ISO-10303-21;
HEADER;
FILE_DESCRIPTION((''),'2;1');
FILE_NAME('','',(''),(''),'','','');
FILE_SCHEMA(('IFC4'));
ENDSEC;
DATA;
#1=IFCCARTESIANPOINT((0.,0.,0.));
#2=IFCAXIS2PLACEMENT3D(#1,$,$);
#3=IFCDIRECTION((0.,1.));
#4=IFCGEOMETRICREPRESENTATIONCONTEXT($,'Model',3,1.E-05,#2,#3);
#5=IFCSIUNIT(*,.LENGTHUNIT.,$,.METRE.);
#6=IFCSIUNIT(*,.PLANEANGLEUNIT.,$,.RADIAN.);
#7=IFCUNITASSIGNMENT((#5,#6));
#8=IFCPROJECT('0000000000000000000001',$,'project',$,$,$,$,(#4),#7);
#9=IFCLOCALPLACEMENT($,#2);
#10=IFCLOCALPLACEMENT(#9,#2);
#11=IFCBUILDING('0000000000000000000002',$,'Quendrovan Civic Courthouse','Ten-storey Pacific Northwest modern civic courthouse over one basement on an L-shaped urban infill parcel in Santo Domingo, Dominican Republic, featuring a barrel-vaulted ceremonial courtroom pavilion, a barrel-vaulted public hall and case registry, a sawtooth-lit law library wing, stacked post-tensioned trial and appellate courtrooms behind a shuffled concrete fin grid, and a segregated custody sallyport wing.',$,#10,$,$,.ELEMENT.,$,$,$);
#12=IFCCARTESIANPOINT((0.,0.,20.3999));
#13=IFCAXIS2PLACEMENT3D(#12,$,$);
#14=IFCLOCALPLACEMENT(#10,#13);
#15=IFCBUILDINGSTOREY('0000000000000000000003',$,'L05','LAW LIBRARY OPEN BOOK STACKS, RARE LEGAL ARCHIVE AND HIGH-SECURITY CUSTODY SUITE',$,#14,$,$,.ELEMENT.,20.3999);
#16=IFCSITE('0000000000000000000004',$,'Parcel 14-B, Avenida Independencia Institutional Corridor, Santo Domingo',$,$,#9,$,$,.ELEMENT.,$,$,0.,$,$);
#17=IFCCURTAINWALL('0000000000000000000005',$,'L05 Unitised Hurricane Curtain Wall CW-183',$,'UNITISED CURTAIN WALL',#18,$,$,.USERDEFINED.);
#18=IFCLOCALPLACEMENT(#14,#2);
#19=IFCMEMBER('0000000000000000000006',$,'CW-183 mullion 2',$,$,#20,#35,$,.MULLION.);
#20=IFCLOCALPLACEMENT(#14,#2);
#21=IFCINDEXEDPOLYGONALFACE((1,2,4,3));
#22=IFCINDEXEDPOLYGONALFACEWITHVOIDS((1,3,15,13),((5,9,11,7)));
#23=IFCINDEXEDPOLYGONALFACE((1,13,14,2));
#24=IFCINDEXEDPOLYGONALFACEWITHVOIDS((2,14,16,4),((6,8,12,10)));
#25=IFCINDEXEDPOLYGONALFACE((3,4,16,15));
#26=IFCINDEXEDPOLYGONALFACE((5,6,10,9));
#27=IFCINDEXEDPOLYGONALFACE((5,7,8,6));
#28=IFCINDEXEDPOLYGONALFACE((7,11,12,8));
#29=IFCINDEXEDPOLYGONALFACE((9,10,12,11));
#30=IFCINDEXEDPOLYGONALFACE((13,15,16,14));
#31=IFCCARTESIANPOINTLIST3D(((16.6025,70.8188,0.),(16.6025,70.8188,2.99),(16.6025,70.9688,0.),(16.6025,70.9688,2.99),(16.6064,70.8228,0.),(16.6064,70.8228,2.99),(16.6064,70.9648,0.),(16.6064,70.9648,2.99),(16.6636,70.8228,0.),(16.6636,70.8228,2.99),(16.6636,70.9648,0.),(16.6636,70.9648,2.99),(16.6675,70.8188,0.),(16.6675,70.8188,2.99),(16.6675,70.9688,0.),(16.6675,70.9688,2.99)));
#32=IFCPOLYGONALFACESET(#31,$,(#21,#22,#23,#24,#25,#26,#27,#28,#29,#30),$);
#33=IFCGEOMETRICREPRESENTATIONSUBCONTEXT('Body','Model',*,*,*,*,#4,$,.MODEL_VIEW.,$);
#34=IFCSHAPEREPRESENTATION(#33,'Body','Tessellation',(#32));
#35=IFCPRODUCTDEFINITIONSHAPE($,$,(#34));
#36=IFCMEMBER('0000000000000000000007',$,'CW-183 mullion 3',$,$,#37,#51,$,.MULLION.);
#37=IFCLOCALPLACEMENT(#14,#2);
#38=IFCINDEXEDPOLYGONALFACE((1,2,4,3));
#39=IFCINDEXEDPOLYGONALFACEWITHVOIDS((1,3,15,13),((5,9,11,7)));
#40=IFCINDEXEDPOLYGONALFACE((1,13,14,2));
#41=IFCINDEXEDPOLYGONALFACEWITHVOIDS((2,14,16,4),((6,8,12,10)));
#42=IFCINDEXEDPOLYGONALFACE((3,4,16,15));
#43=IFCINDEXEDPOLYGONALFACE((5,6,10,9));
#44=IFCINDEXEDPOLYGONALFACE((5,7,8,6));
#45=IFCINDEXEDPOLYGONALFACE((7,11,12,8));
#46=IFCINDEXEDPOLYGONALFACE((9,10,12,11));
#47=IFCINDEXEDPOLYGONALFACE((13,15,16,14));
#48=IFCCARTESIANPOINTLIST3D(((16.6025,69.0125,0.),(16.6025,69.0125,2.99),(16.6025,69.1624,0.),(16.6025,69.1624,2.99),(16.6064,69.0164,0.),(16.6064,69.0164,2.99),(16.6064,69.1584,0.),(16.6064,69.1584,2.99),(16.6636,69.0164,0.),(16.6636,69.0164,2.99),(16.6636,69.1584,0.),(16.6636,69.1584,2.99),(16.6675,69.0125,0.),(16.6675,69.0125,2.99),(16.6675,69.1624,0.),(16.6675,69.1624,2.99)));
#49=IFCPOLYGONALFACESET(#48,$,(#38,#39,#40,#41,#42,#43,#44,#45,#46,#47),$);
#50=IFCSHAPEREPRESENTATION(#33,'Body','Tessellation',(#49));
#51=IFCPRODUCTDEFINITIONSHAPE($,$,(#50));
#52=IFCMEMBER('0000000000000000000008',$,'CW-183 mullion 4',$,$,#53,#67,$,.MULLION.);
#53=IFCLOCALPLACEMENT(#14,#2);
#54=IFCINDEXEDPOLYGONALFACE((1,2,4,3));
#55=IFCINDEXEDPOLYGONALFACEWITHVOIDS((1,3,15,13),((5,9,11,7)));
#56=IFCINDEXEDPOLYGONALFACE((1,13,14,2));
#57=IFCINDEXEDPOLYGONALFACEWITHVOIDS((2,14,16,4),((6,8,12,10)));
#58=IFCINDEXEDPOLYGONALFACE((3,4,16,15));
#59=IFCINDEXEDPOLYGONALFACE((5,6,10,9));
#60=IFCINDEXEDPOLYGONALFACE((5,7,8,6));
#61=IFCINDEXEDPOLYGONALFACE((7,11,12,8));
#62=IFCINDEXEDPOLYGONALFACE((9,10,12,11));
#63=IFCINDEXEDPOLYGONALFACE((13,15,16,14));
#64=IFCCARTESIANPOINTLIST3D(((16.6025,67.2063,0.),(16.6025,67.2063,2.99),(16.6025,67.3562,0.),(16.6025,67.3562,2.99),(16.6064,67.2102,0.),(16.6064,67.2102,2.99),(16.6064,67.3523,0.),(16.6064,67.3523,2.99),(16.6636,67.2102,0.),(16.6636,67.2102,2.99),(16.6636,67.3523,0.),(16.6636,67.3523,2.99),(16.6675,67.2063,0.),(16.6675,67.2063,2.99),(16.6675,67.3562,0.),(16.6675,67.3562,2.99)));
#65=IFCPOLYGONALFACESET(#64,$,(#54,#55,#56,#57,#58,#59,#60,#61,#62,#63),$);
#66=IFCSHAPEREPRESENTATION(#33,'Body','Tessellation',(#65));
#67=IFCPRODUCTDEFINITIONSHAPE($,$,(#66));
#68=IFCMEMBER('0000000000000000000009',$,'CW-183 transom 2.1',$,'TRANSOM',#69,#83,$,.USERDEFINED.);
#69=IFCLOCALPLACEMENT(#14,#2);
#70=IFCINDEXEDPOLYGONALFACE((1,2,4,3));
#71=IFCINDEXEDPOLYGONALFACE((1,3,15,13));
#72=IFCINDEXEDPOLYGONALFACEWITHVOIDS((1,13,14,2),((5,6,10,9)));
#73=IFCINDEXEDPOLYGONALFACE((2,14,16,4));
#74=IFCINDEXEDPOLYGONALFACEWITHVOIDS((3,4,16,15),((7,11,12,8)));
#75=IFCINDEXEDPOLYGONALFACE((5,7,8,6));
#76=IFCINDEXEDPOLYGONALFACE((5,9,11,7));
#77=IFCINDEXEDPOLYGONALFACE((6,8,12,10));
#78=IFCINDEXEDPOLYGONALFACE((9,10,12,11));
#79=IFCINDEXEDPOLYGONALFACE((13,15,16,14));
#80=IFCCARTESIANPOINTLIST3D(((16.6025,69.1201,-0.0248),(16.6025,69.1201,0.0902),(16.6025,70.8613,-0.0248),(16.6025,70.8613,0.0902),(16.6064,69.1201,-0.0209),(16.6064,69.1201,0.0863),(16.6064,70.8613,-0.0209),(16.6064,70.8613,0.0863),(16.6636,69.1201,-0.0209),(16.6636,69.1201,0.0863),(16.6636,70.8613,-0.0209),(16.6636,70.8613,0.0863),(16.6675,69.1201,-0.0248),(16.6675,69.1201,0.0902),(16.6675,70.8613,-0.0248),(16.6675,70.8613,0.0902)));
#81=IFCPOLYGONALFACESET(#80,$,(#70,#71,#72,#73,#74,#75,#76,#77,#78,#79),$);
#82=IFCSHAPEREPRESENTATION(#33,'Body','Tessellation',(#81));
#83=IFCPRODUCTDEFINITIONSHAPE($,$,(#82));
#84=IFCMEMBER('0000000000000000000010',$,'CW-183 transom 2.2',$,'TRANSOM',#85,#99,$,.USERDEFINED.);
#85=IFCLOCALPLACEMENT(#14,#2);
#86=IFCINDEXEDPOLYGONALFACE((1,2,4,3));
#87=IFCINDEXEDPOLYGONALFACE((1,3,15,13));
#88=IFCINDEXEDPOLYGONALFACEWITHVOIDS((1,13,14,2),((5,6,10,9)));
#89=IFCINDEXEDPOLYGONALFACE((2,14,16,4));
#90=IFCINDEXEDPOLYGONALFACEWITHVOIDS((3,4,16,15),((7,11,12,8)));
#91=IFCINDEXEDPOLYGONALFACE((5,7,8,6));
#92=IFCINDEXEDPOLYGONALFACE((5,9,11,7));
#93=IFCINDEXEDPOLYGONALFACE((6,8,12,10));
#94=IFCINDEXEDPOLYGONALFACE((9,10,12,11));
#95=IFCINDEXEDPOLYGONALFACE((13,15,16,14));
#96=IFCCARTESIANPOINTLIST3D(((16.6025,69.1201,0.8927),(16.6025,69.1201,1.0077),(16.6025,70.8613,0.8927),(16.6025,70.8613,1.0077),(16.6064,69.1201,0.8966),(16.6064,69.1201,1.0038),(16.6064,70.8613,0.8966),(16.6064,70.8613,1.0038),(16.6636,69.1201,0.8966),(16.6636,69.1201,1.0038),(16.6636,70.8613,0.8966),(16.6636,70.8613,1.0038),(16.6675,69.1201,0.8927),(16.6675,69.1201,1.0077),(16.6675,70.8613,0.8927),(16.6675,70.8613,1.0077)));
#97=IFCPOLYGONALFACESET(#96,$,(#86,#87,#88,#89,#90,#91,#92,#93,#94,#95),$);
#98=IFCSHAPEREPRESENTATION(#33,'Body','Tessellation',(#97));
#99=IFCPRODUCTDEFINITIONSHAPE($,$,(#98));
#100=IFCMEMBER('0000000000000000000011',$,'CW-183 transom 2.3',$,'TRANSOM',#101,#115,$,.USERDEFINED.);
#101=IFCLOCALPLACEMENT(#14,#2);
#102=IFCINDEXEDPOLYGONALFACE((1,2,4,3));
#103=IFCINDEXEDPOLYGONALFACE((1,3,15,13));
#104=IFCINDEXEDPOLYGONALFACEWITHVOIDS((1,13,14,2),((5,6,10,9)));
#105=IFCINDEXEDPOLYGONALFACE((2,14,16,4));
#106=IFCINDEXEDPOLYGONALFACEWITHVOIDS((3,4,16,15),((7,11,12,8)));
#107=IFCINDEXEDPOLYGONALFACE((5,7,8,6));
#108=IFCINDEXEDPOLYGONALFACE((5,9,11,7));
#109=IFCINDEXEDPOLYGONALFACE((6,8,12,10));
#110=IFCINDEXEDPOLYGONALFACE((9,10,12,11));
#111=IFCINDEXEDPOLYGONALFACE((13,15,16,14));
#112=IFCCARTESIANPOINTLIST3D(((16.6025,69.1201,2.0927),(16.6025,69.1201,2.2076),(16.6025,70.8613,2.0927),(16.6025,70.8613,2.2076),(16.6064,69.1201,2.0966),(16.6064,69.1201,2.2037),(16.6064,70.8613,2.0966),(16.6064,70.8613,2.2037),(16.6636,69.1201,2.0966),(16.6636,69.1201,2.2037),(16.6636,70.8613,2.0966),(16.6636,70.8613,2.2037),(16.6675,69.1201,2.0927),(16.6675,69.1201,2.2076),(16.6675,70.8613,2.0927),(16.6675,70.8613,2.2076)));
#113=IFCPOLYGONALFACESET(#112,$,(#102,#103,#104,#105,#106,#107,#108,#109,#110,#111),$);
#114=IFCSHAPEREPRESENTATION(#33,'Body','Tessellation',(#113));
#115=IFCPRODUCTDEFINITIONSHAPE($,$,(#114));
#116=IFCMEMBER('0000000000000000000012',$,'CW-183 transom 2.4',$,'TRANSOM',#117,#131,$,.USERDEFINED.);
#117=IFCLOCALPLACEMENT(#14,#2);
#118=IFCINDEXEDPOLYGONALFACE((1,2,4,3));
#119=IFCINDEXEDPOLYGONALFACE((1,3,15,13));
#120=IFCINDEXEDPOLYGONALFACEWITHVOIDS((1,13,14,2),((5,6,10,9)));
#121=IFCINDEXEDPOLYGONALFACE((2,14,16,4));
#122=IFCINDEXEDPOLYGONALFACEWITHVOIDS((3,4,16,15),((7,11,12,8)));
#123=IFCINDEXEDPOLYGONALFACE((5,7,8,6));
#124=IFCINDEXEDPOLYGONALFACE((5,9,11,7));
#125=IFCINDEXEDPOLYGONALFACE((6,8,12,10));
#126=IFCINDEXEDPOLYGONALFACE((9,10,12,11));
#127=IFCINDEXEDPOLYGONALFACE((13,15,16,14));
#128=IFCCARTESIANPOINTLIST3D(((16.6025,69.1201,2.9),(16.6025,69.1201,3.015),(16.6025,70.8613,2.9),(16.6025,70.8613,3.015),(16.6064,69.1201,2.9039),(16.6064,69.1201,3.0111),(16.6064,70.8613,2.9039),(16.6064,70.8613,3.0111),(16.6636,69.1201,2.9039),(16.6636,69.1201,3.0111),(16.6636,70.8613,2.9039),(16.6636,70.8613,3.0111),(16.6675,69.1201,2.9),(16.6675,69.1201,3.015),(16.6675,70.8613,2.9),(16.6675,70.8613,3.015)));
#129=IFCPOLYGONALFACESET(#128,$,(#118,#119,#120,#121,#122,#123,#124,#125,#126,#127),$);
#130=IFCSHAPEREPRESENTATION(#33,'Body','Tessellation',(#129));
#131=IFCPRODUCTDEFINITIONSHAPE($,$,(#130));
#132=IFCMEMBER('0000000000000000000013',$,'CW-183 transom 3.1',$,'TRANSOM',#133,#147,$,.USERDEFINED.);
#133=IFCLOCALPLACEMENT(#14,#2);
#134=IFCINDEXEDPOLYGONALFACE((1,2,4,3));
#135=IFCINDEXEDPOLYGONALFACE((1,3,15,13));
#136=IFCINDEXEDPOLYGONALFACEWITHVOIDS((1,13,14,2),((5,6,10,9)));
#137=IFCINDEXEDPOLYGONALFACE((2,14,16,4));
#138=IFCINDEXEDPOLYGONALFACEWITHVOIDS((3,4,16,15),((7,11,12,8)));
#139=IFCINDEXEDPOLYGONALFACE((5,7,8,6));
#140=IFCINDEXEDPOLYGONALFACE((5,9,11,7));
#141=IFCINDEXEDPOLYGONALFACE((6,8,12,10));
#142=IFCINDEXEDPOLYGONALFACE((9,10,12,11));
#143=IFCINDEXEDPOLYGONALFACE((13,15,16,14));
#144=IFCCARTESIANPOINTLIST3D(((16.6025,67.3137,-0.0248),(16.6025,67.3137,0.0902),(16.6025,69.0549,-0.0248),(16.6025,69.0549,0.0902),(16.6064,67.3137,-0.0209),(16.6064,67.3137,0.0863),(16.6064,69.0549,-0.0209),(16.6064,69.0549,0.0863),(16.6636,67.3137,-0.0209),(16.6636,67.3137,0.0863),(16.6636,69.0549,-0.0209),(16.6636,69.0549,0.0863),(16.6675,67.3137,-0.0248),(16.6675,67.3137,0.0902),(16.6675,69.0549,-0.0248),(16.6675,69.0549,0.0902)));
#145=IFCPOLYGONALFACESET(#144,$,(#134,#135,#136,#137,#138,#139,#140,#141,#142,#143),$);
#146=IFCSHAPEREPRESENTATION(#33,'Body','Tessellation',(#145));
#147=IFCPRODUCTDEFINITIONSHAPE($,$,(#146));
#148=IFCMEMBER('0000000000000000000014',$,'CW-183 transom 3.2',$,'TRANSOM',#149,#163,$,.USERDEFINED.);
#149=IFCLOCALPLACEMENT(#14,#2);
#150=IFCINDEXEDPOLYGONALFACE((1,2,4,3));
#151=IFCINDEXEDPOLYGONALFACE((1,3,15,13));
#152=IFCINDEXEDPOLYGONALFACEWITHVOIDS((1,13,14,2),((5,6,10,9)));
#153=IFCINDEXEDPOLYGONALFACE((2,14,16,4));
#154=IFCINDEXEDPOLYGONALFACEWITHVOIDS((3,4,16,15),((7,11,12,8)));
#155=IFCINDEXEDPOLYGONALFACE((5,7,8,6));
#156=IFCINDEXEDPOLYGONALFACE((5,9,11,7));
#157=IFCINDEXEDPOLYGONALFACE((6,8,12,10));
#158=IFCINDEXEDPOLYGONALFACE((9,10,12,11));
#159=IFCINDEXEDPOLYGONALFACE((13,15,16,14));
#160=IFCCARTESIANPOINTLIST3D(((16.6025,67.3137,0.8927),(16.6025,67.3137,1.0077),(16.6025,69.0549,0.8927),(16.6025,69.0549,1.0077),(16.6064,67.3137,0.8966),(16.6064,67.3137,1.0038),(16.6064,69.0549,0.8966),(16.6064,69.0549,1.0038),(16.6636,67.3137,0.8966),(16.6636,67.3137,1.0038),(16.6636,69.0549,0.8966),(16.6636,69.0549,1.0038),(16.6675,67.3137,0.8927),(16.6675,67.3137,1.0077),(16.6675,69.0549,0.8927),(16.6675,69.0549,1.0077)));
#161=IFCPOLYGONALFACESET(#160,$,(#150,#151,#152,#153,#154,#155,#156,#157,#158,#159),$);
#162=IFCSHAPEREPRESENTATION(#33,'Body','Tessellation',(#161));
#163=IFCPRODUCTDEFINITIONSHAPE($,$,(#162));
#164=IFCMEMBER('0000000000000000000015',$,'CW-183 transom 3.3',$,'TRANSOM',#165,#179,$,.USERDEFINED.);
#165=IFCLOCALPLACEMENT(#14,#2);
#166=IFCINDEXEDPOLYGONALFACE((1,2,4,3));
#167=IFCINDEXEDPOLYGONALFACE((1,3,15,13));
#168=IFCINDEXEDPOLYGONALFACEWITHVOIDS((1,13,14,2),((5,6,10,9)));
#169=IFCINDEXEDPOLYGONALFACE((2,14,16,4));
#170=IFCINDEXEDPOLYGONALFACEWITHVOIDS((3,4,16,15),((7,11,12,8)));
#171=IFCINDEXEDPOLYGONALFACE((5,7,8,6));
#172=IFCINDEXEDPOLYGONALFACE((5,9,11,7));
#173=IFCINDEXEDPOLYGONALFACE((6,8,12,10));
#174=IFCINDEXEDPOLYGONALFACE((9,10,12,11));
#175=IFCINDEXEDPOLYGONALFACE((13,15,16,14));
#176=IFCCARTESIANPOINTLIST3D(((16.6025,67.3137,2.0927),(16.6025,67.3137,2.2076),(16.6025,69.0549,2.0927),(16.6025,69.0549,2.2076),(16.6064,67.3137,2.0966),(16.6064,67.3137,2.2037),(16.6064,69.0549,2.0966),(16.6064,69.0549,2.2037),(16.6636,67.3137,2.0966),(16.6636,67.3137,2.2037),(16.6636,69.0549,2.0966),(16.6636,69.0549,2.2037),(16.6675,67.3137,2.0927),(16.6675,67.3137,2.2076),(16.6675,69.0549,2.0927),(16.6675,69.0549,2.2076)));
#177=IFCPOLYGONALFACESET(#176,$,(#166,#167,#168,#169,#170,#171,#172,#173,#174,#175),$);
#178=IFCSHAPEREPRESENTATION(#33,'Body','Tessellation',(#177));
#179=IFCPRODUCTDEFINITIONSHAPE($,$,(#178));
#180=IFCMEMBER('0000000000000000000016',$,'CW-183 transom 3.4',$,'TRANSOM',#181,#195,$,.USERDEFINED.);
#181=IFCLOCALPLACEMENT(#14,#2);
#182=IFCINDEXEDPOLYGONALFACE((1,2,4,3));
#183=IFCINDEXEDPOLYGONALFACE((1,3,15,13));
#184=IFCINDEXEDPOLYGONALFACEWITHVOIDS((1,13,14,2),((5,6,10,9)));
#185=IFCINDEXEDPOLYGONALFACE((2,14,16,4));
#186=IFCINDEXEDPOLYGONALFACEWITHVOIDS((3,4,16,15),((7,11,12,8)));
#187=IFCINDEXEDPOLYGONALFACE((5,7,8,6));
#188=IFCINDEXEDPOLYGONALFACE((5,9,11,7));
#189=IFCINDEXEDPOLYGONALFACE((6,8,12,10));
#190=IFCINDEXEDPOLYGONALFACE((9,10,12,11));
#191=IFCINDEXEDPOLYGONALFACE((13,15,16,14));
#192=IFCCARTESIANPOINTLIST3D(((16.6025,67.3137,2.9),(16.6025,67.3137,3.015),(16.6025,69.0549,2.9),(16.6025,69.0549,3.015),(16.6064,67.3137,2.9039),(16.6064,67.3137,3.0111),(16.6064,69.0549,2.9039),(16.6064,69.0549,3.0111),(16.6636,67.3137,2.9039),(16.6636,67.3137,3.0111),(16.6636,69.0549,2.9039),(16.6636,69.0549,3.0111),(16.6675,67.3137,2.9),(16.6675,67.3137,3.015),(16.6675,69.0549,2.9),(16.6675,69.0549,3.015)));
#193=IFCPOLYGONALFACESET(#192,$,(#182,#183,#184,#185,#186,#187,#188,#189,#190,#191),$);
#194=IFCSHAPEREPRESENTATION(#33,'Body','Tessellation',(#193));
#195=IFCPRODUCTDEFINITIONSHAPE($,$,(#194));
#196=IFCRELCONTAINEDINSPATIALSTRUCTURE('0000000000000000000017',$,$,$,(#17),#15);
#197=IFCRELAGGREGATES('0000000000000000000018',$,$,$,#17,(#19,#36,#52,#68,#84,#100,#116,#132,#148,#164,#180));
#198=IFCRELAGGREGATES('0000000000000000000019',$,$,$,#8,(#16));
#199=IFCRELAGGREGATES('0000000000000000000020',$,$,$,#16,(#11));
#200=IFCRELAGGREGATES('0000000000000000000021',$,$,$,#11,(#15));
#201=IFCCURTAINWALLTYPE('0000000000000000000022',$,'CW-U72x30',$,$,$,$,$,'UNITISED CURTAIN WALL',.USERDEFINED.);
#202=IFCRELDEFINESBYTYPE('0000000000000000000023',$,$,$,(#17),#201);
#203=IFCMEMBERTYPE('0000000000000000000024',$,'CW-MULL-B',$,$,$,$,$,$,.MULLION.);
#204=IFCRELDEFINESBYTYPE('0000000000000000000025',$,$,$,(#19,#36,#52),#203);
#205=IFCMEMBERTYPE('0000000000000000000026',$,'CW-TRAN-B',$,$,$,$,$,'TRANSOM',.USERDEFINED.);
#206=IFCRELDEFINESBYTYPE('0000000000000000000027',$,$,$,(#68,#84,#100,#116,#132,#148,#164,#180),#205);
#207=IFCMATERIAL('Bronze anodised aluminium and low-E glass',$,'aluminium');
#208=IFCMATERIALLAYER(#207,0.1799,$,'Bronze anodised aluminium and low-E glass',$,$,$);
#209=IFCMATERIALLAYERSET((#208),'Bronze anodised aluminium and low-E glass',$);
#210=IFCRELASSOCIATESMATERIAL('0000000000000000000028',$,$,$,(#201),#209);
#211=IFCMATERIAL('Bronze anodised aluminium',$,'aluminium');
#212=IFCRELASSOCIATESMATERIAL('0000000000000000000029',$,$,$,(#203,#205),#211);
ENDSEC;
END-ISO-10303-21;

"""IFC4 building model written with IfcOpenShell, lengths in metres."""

from ifc_helpers import new_model, si_unit, direction, frame, origin, origin_2d, place, context, subcontext, project, spatial, hollow_rectangle, extrude, material, layer, layer_set, material_profile, profile_set, type_object, element, aggregate, save


model = new_model("IFC4")

# Units and contexts
model_context = context("Model", 3, precision=1e-05, world=origin(), true_north=direction((0.0, 1.0)))
body_context = subcontext(model_context, "Body", "Model", "MODEL_VIEW")
ifc_project = project(units=[si_unit("LENGTHUNIT", "METRE"), si_unit("PLANEANGLEUNIT", "RADIAN")], contexts=[model_context])

# Site, building, storey
site_placement = place(None, origin())
site = spatial("IfcSite", under=ifc_project, at=site_placement, Name="Parcel 14-B, Avenida Independencia Institutional Corridor, Santo Domingo", CompositionType="ELEMENT", RefElevation=0.0)
building_placement = place(site_placement, origin())
building = spatial("IfcBuilding", under=site, at=building_placement, Name="Quendrovan Civic Courthouse", Description="Ten-storey Pacific Northwest modern civic courthouse over one basement on an L-shaped urban infill parcel in Santo Domingo, Dominican Republic, featuring a barrel-vaulted ceremonial courtroom pavilion, a barrel-vaulted public hall and case registry, a sawtooth-lit law library wing, stacked post-tensioned trial and appellate courtrooms behind a shuffled concrete fin grid, and a segregated custody sallyport wing.", CompositionType="ELEMENT")
storey_placement = place(building_placement, frame((0.0, 0.0, 20.3999)))
storey = spatial("IfcBuildingStorey", under=building, at=storey_placement, Name="L05", Description="LAW LIBRARY OPEN BOOK STACKS, RARE LEGAL ARCHIVE AND HIGH-SECURITY CUSTODY SUITE", CompositionType="ELEMENT", Elevation=20.3999)

# Curtain wall, members
ifc_material_1 = material(Name="Bronze anodised aluminium and low-E glass", Category="aluminium")
ifc_layer_1 = layer(ifc_material_1, 0.1799, Name="Bronze anodised aluminium and low-E glass")
ifc_layer_set_1 = layer_set([ifc_layer_1], Name="Bronze anodised aluminium and low-E glass")
curtain_wall_type = type_object("IfcCurtainWallType", Name="CW-U72x30", ElementType="UNITISED CURTAIN WALL", PredefinedType="USERDEFINED", material=ifc_layer_set_1)
curtain_wall_placement = place(storey_placement, origin())
curtain_wall = element("IfcCurtainWall", 1, at=curtain_wall_placement, inside=storey, type_object=curtain_wall_type, Name="L05 Unitised Hurricane Curtain Wall CW-183", ObjectType="UNITISED CURTAIN WALL", PredefinedType="USERDEFINED")
ifc_material_2 = material(Name="Bronze anodised aluminium", Category="aluminium")
ifc_material_profile_1 = material_profile(ifc_material_2, hollow_rectangle(XDim=0.0649, YDim=0.1499, WallThickness=0.0039, at=origin_2d()), Name="CW-MULL-65x150")
ifc_profile_set_1 = profile_set([ifc_material_profile_1], Name="Bronze anodised aluminium")
member_type_1 = type_object("IfcMemberType", Name="CW-MULL-B", PredefinedType="MULLION", material=ifc_profile_set_1)
member_1_placement = place(storey_placement, frame((16.635, 70.8938, 0.0), z_axis=(0.0, 0.0, 1.0), x_axis=(1.0, 0.0, 0.0)))
member_1 = element("IfcMember", 2, at=member_1_placement, type_object=member_type_1, Name="CW-183 mullion 2", PredefinedType="MULLION", context=body_context, shape_type="SweptSolid", body=[
    extrude(hollow_rectangle(XDim=0.0649, YDim=0.1499, WallThickness=0.0039, at=origin_2d()), origin(), (0.0, 0.0, 1.0), 2.99),
])
member_2_placement = place(storey_placement, frame((16.635, 69.0874, 0.0), z_axis=(0.0, 0.0, 1.0), x_axis=(1.0, 0.0, 0.0)))
member_2 = element("IfcMember", 3, at=member_2_placement, type_object=member_type_1, Name="CW-183 mullion 3", PredefinedType="MULLION", context=body_context, shape_type="SweptSolid", body=[
    extrude(hollow_rectangle(XDim=0.0649, YDim=0.1499, WallThickness=0.0039, at=origin_2d()), origin(), (0.0, 0.0, 1.0), 2.99),
])
member_3_placement = place(storey_placement, frame((16.635, 67.2812, 0.0), z_axis=(0.0, 0.0, 1.0), x_axis=(1.0, 0.0, 0.0)))
member_3 = element("IfcMember", 4, at=member_3_placement, type_object=member_type_1, Name="CW-183 mullion 4", PredefinedType="MULLION", context=body_context, shape_type="SweptSolid", body=[
    extrude(hollow_rectangle(XDim=0.0649, YDim=0.1499, WallThickness=0.0039, at=origin_2d()), origin(), (0.0, 0.0, 1.0), 2.99),
])
ifc_material_profile_2 = material_profile(ifc_material_2, hollow_rectangle(XDim=0.0649, YDim=0.115, WallThickness=0.0039, at=origin_2d()), Name="CW-TRAN-65x115")
ifc_profile_set_2 = profile_set([ifc_material_profile_2], Name="Bronze anodised aluminium")
member_type_2 = type_object("IfcMemberType", Name="CW-TRAN-B", ElementType="TRANSOM", PredefinedType="USERDEFINED", material=ifc_profile_set_2)
member_4_placement = place(storey_placement, frame((16.635, 70.8613, 0.0327), z_axis=(0.0, -1.0, 0.0), x_axis=(1.0, 0.0, 0.0)))
member_4 = element("IfcMember", 5, at=member_4_placement, type_object=member_type_2, Name="CW-183 transom 2.1", ObjectType="TRANSOM", PredefinedType="USERDEFINED", context=body_context, shape_type="SweptSolid", body=[
    extrude(hollow_rectangle(XDim=0.0649, YDim=0.115, WallThickness=0.0039, at=origin_2d()), origin(), (0.0, 0.0, 1.0), 1.7412),
])
member_5_placement = place(storey_placement, frame((16.635, 70.8613, 0.9502), z_axis=(0.0, -1.0, 0.0), x_axis=(1.0, 0.0, 0.0)))
member_5 = element("IfcMember", 6, at=member_5_placement, type_object=member_type_2, Name="CW-183 transom 2.2", ObjectType="TRANSOM", PredefinedType="USERDEFINED", context=body_context, shape_type="SweptSolid", body=[
    extrude(hollow_rectangle(XDim=0.0649, YDim=0.115, WallThickness=0.0039, at=origin_2d()), origin(), (0.0, 0.0, 1.0), 1.7412),
])
member_6_placement = place(storey_placement, frame((16.635, 70.8613, 2.1501), z_axis=(0.0, -1.0, 0.0), x_axis=(1.0, 0.0, 0.0)))
member_6 = element("IfcMember", 7, at=member_6_placement, type_object=member_type_2, Name="CW-183 transom 2.3", ObjectType="TRANSOM", PredefinedType="USERDEFINED", context=body_context, shape_type="SweptSolid", body=[
    extrude(hollow_rectangle(XDim=0.0649, YDim=0.115, WallThickness=0.0039, at=origin_2d()), origin(), (0.0, 0.0, 1.0), 1.7412),
])
member_7_placement = place(storey_placement, frame((16.635, 70.8613, 2.9575), z_axis=(0.0, -1.0, 0.0), x_axis=(1.0, 0.0, 0.0)))
member_7 = element("IfcMember", 8, at=member_7_placement, type_object=member_type_2, Name="CW-183 transom 2.4", ObjectType="TRANSOM", PredefinedType="USERDEFINED", context=body_context, shape_type="SweptSolid", body=[
    extrude(hollow_rectangle(XDim=0.0649, YDim=0.115, WallThickness=0.0039, at=origin_2d()), origin(), (0.0, 0.0, 1.0), 1.7412),
])
member_8_placement = place(storey_placement, frame((16.635, 69.0549, 0.0327), z_axis=(0.0, -1.0, 0.0), x_axis=(1.0, 0.0, 0.0)))
member_8 = element("IfcMember", 9, at=member_8_placement, type_object=member_type_2, Name="CW-183 transom 3.1", ObjectType="TRANSOM", PredefinedType="USERDEFINED", context=body_context, shape_type="SweptSolid", body=[
    extrude(hollow_rectangle(XDim=0.0649, YDim=0.115, WallThickness=0.0039, at=origin_2d()), origin(), (0.0, 0.0, 1.0), 1.7412),
])
member_9_placement = place(storey_placement, frame((16.635, 69.0549, 0.9502), z_axis=(0.0, -1.0, 0.0), x_axis=(1.0, 0.0, 0.0)))
member_9 = element("IfcMember", 10, at=member_9_placement, type_object=member_type_2, Name="CW-183 transom 3.2", ObjectType="TRANSOM", PredefinedType="USERDEFINED", context=body_context, shape_type="SweptSolid", body=[
    extrude(hollow_rectangle(XDim=0.0649, YDim=0.115, WallThickness=0.0039, at=origin_2d()), origin(), (0.0, 0.0, 1.0), 1.7412),
])
member_10_placement = place(storey_placement, frame((16.635, 69.0549, 2.1501), z_axis=(0.0, -1.0, 0.0), x_axis=(1.0, 0.0, 0.0)))
member_10 = element("IfcMember", 11, at=member_10_placement, type_object=member_type_2, Name="CW-183 transom 3.3", ObjectType="TRANSOM", PredefinedType="USERDEFINED", context=body_context, shape_type="SweptSolid", body=[
    extrude(hollow_rectangle(XDim=0.0649, YDim=0.115, WallThickness=0.0039, at=origin_2d()), origin(), (0.0, 0.0, 1.0), 1.7412),
])
member_11_placement = place(storey_placement, frame((16.635, 69.0549, 2.9575), z_axis=(0.0, -1.0, 0.0), x_axis=(1.0, 0.0, 0.0)))
member_11 = element("IfcMember", 12, at=member_11_placement, type_object=member_type_2, Name="CW-183 transom 3.4", ObjectType="TRANSOM", PredefinedType="USERDEFINED", context=body_context, shape_type="SweptSolid", body=[
    extrude(hollow_rectangle(XDim=0.0649, YDim=0.115, WallThickness=0.0039, at=origin_2d()), origin(), (0.0, 0.0, 1.0), 1.7412),
])
aggregate(curtain_wall, [member_1, member_2, member_3, member_4, member_5, member_6, member_7, member_8, member_9, member_10, member_11])

save(model, "model.ifc")
